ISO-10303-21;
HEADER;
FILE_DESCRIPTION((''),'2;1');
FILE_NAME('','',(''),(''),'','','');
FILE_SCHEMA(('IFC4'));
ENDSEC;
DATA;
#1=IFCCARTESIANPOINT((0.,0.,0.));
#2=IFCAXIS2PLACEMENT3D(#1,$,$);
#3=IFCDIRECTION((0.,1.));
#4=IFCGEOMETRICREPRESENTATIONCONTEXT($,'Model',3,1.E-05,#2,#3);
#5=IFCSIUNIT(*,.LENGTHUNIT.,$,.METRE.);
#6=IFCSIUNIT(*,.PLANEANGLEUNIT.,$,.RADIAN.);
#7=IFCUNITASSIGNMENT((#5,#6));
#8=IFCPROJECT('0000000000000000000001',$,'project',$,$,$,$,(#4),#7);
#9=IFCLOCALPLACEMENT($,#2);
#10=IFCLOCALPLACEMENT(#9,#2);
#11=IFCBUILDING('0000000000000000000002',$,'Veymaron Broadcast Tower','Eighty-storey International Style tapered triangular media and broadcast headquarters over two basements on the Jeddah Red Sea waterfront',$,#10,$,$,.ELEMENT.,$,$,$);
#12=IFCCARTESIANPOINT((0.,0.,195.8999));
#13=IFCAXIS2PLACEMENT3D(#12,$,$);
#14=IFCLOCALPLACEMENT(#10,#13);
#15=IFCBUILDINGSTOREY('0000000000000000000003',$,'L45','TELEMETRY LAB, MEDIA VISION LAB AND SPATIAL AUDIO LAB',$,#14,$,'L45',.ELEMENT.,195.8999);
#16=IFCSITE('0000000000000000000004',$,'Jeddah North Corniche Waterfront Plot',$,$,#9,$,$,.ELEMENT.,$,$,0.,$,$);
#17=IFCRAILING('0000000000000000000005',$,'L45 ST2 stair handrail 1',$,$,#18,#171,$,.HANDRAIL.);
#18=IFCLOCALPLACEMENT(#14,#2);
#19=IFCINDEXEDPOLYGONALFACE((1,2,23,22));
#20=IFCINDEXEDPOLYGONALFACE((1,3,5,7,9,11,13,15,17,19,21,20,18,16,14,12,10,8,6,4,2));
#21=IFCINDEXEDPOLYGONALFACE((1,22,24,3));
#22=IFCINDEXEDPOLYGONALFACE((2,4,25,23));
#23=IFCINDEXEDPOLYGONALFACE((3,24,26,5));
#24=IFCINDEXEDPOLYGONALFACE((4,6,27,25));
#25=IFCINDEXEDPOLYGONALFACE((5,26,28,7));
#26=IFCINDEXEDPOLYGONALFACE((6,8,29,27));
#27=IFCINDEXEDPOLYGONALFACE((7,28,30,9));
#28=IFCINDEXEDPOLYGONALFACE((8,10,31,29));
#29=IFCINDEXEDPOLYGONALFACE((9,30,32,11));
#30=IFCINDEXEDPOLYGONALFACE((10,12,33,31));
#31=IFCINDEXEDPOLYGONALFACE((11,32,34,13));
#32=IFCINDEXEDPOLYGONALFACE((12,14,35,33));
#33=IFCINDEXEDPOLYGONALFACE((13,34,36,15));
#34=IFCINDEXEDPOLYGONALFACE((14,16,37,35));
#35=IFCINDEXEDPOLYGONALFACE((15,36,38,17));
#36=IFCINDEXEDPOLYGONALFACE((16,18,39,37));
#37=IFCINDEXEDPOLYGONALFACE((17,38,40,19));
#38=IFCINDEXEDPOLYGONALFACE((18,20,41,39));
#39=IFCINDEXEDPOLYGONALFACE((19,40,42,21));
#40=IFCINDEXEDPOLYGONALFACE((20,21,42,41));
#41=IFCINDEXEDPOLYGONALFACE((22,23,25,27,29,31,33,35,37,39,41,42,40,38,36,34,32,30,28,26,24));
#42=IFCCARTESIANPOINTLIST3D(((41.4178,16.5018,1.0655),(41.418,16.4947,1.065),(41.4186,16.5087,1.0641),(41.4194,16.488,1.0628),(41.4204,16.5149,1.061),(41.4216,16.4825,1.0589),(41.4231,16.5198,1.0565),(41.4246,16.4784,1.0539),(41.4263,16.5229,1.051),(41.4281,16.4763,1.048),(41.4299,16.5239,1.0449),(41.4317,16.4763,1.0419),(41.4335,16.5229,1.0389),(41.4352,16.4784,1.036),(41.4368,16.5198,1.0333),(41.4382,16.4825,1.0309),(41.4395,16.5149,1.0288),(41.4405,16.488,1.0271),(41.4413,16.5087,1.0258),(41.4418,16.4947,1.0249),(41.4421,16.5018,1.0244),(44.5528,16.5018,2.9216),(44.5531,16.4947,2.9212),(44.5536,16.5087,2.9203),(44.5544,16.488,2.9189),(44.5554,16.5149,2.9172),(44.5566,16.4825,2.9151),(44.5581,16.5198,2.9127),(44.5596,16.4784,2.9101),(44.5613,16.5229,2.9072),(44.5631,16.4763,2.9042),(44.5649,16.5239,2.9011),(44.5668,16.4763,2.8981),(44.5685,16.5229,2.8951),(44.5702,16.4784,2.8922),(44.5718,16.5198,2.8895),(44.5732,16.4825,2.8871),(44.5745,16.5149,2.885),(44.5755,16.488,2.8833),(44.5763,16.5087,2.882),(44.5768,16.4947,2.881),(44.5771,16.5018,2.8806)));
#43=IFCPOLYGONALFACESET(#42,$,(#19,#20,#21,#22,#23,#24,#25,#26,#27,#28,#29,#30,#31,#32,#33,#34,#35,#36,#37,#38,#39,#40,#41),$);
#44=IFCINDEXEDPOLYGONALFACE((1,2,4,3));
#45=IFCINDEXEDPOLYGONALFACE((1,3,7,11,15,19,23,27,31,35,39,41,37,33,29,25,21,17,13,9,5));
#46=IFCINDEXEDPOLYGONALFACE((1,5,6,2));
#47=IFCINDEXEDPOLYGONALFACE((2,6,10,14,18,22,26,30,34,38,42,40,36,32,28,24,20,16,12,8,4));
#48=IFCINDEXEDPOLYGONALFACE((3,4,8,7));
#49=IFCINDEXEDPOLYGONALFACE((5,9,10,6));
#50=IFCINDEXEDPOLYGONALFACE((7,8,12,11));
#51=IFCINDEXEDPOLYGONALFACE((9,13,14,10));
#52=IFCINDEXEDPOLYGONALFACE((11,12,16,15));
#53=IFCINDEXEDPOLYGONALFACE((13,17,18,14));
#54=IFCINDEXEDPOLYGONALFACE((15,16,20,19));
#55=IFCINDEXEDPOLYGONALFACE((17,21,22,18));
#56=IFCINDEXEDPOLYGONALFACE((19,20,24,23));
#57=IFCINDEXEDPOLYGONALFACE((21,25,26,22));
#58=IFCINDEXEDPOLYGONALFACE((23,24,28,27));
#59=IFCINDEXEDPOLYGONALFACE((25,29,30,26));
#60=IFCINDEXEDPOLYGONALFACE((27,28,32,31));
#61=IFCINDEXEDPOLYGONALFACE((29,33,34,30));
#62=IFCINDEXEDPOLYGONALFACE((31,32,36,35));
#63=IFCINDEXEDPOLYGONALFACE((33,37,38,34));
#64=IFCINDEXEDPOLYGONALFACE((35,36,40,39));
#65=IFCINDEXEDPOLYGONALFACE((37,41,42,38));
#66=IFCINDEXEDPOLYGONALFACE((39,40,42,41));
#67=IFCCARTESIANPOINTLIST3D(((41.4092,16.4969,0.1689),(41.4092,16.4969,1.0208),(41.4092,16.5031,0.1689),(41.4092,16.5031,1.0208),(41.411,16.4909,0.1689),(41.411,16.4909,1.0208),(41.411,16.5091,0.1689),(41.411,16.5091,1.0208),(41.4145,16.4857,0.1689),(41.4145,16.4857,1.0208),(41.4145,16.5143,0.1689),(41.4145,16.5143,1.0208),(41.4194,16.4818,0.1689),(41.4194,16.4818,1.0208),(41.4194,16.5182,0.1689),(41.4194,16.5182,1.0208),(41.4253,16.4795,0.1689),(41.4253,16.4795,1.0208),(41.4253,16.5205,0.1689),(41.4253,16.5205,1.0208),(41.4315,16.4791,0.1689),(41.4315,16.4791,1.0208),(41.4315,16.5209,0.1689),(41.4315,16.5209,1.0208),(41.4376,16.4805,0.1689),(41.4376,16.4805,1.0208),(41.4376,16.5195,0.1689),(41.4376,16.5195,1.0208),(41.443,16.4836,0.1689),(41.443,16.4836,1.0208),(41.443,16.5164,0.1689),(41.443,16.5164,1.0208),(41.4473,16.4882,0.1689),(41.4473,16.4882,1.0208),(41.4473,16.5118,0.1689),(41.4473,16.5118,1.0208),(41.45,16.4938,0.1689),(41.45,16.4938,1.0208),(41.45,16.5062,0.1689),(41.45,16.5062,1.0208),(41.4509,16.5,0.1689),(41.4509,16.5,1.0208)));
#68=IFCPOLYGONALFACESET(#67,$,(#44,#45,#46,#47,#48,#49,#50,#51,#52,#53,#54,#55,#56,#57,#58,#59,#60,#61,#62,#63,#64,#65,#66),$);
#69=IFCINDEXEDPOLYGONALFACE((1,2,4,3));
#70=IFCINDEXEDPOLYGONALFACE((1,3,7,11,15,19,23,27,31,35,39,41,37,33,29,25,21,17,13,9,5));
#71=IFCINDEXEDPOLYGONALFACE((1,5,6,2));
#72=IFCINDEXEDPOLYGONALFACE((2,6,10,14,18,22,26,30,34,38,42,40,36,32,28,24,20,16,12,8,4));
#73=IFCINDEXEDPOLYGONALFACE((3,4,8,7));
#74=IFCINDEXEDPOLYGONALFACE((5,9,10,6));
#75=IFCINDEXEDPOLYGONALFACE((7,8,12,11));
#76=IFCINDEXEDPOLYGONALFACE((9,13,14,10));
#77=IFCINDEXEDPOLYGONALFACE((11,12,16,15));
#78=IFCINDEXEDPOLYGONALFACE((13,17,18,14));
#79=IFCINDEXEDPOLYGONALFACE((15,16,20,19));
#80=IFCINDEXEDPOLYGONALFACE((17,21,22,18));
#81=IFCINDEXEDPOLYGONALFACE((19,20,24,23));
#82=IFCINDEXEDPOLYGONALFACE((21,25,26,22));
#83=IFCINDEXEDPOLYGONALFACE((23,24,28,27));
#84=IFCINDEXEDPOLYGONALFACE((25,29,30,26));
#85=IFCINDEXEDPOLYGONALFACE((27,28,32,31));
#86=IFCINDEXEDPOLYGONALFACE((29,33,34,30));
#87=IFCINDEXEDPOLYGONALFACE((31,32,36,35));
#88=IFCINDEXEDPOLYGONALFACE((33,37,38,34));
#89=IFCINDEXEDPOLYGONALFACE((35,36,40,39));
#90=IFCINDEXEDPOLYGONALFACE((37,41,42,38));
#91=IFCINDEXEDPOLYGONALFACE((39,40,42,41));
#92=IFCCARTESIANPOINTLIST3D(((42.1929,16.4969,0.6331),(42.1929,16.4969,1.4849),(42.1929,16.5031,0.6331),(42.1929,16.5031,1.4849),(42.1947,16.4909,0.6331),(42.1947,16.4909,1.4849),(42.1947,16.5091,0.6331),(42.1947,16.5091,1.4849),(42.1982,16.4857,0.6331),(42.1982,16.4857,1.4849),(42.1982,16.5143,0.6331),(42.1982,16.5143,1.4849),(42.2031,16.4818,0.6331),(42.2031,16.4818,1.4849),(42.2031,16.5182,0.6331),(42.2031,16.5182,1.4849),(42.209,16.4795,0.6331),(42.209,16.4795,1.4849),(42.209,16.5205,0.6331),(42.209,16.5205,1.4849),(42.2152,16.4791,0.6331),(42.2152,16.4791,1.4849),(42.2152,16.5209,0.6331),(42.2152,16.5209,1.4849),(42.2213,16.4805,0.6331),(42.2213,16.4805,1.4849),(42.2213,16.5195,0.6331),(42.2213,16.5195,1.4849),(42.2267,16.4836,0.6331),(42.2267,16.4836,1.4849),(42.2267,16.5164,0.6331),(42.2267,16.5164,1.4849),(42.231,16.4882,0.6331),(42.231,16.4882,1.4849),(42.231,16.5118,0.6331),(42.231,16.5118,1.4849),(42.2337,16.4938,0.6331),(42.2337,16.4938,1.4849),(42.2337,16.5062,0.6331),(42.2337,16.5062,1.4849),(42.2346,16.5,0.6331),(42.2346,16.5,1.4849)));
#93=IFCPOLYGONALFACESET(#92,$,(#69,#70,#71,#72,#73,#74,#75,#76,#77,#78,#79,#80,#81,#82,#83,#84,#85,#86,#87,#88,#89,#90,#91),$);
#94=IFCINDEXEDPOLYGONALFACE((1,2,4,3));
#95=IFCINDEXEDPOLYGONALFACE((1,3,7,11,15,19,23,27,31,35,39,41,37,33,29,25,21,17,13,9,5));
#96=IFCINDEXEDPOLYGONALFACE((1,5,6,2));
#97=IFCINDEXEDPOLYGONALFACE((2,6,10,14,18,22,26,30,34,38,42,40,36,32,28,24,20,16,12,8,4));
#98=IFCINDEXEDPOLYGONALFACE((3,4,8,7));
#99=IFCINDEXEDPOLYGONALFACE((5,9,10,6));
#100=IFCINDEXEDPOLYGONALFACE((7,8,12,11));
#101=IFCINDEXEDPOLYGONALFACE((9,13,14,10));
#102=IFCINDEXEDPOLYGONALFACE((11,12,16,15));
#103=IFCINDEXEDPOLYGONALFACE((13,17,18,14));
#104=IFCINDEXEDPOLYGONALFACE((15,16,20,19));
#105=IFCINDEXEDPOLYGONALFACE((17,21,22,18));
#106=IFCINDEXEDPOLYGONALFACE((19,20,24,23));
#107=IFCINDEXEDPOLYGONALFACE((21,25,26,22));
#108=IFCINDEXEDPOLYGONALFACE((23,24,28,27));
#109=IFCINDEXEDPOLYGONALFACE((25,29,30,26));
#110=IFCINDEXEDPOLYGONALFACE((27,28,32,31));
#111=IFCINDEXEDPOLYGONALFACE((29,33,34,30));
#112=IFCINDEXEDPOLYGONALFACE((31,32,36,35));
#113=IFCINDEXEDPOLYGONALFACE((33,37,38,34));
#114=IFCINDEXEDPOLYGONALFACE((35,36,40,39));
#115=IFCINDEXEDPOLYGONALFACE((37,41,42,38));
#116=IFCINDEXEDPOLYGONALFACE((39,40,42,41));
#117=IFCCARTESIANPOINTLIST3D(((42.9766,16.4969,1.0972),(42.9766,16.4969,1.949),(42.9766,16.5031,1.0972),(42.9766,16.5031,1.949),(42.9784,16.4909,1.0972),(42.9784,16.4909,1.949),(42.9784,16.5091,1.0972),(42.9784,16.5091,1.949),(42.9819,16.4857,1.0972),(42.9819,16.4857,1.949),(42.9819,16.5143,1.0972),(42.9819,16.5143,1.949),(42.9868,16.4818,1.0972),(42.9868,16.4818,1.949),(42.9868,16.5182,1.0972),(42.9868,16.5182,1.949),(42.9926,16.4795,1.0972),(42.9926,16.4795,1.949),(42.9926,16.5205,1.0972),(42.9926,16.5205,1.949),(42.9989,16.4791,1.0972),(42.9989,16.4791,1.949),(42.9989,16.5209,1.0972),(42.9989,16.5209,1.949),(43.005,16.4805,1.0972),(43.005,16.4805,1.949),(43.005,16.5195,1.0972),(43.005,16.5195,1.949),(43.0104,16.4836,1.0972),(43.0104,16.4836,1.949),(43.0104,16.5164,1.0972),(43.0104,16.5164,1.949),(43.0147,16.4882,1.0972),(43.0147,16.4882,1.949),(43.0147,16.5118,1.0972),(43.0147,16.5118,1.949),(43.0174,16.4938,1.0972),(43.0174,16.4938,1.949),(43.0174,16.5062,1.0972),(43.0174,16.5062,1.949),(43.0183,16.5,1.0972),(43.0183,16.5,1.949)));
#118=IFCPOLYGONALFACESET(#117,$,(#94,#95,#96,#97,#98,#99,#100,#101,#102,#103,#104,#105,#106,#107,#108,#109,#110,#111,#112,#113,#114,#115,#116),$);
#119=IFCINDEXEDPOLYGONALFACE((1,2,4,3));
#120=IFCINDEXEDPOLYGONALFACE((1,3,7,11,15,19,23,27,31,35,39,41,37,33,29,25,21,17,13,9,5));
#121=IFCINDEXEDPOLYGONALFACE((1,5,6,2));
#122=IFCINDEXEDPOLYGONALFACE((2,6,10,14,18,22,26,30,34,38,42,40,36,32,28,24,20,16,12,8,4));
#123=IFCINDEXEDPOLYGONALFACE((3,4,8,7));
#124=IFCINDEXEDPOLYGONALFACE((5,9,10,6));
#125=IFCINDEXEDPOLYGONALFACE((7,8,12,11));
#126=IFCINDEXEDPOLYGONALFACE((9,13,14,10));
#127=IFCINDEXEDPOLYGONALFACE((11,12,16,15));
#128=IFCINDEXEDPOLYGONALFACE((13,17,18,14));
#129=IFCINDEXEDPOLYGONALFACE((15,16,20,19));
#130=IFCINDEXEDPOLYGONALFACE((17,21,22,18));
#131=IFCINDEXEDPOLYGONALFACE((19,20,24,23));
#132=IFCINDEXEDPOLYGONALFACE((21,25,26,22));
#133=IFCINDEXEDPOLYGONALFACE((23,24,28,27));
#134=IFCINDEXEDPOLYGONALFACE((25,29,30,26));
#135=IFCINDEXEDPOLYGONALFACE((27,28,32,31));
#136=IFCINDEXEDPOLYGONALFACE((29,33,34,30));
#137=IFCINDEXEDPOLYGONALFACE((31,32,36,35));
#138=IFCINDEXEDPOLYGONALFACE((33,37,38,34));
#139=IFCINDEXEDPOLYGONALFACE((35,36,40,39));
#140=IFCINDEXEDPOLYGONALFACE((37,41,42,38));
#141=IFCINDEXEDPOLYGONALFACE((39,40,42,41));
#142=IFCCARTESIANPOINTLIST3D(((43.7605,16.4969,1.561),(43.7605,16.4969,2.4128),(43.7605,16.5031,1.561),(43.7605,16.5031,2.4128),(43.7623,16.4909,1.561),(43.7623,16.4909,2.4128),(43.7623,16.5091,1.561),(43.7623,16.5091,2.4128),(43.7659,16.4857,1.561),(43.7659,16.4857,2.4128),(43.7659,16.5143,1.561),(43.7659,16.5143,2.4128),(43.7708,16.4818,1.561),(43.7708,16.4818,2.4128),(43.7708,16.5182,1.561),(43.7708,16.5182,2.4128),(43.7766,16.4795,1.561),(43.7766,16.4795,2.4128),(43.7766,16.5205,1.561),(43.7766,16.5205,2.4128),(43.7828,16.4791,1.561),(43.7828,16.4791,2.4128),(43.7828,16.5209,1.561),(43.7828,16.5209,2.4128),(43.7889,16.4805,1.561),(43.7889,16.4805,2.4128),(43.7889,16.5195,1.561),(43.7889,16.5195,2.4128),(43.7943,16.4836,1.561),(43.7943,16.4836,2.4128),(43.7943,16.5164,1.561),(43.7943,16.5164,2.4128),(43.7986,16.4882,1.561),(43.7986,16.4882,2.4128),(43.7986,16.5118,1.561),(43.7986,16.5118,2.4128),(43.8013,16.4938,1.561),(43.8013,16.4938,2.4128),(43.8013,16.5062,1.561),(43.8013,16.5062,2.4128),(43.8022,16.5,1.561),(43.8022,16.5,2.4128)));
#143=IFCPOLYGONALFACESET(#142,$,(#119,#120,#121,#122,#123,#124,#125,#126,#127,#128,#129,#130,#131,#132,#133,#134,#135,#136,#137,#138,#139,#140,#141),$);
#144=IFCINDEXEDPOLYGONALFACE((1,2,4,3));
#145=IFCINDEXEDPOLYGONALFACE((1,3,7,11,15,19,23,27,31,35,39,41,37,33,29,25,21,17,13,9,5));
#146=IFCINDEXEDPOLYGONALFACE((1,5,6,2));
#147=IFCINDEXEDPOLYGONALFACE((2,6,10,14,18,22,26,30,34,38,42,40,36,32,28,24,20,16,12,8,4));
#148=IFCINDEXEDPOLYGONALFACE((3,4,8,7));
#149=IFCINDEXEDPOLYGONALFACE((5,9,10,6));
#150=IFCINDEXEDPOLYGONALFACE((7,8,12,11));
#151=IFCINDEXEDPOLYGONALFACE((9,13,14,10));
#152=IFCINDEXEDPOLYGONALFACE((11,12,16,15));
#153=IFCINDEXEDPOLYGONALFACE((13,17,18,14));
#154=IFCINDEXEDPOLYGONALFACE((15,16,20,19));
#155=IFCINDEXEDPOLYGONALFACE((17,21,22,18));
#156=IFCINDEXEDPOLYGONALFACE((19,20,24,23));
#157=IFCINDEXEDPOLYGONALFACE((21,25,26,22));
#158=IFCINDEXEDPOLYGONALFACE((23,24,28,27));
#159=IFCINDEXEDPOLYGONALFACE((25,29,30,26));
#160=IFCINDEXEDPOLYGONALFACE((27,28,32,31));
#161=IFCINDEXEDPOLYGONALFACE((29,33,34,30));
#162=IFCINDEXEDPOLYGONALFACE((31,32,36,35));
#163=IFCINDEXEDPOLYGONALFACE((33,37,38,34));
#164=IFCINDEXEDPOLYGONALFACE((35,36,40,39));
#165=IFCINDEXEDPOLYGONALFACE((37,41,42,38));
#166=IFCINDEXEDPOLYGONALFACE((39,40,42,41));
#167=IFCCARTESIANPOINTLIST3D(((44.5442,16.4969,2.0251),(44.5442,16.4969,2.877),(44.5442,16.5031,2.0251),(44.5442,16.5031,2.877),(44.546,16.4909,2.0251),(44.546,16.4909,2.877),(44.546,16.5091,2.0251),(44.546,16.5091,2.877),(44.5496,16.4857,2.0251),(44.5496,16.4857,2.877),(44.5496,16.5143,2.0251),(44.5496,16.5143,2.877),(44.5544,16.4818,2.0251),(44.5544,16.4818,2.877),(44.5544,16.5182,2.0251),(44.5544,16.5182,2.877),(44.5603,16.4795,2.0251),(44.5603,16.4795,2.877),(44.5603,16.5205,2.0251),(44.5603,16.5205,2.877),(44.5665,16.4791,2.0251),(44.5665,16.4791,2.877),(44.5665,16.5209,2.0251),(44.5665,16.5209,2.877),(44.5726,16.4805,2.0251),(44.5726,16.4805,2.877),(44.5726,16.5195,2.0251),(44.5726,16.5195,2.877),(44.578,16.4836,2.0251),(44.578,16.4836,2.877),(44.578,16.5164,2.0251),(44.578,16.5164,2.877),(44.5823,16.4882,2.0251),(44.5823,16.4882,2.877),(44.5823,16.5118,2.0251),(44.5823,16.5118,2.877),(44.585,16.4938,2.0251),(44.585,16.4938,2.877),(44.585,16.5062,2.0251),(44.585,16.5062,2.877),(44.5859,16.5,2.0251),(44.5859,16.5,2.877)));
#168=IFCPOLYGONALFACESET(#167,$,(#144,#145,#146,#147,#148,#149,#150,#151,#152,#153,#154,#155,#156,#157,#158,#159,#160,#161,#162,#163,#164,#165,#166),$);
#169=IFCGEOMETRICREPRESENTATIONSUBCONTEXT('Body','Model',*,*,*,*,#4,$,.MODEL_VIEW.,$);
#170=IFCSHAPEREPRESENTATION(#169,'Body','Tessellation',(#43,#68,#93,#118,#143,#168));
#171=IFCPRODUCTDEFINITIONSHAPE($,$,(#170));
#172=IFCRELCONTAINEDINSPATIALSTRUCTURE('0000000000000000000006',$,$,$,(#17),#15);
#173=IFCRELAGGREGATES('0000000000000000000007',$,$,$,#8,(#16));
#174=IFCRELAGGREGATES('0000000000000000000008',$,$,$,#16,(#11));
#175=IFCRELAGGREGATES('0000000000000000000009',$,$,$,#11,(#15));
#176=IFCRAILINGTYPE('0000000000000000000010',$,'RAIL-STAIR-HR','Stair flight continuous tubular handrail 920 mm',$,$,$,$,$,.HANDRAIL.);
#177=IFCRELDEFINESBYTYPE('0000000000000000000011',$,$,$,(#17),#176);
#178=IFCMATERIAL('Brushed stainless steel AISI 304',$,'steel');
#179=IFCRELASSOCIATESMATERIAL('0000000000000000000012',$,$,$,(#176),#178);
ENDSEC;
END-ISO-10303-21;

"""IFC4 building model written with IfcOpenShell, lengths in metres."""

from ifc_helpers import new_model, si_unit, direction, frame, origin, origin_2d, place, context, subcontext, project, spatial, circle, extrude, material, type_object, element, save


model = new_model("IFC4")

# Units and contexts
model_context = context("Model", 3, precision=1e-05, world=origin(), true_north=direction((0.0, 1.0)))
body_context = subcontext(model_context, "Body", "Model", "MODEL_VIEW")
ifc_project = project(units=[si_unit("LENGTHUNIT", "METRE"), si_unit("PLANEANGLEUNIT", "RADIAN")], contexts=[model_context])

# Site, building, storey
site_placement = place(None, origin())
site = spatial("IfcSite", under=ifc_project, at=site_placement, Name="Jeddah North Corniche Waterfront Plot", CompositionType="ELEMENT", RefElevation=0.0)
building_placement = place(site_placement, origin())
building = spatial("IfcBuilding", under=site, at=building_placement, Name="Veymaron Broadcast Tower", Description="Eighty-storey International Style tapered triangular media and broadcast headquarters over two basements on the Jeddah Red Sea waterfront", CompositionType="ELEMENT")
storey_placement = place(building_placement, frame((0.0, 0.0, 195.8999)))
storey = spatial("IfcBuildingStorey", under=building, at=storey_placement, Name="L45", Description="TELEMETRY LAB, MEDIA VISION LAB AND SPATIAL AUDIO LAB", LongName="L45", CompositionType="ELEMENT", Elevation=195.8999)

# Railing
ifc_material_1 = material(Name="Brushed stainless steel AISI 304", Category="steel")
railing_type_1 = type_object("IfcRailingType", Name="RAIL-STAIR-HR", Description="Stair flight continuous tubular handrail 920 mm", PredefinedType="HANDRAIL", material=ifc_material_1)
railing_1_placement = place(storey_placement, frame((41.4299, 16.5, 0.1689)))
element("IfcRailing", 1, at=railing_1_placement, inside=storey, type_object=railing_type_1, Name="L45 ST2 stair handrail 1", PredefinedType="HANDRAIL", context=body_context, shape_type="SweptSolid", body=[
    extrude(circle(Radius=0.0239, at=origin_2d()), frame((0.0, 0.0, 0.876), z_axis=(0.860482, 0.0, 0.509481), x_axis=(0.0, 1.0, 0.0)), (0.0, 0.0, 1.0), 3.6433),
    extrude(circle(Radius=0.021, at=origin_2d()), origin(), (0.0, 0.0, 1.0), 0.8518),
    extrude(circle(Radius=0.021, at=origin_2d()), frame((0.7837, 0.0, 0.4641)), (0.0, 0.0, 1.0), 0.8518),
    extrude(circle(Radius=0.021, at=origin_2d()), frame((1.5674, 0.0, 0.9282)), (0.0, 0.0, 1.0), 0.8518),
    extrude(circle(Radius=0.021, at=origin_2d()), frame((2.3513, 0.0, 1.3921)), (0.0, 0.0, 1.0), 0.8518),
    extrude(circle(Radius=0.021, at=origin_2d()), frame((3.135, 0.0, 1.8562)), (0.0, 0.0, 1.0), 0.8518),
])

save(model, "model.ifc")
